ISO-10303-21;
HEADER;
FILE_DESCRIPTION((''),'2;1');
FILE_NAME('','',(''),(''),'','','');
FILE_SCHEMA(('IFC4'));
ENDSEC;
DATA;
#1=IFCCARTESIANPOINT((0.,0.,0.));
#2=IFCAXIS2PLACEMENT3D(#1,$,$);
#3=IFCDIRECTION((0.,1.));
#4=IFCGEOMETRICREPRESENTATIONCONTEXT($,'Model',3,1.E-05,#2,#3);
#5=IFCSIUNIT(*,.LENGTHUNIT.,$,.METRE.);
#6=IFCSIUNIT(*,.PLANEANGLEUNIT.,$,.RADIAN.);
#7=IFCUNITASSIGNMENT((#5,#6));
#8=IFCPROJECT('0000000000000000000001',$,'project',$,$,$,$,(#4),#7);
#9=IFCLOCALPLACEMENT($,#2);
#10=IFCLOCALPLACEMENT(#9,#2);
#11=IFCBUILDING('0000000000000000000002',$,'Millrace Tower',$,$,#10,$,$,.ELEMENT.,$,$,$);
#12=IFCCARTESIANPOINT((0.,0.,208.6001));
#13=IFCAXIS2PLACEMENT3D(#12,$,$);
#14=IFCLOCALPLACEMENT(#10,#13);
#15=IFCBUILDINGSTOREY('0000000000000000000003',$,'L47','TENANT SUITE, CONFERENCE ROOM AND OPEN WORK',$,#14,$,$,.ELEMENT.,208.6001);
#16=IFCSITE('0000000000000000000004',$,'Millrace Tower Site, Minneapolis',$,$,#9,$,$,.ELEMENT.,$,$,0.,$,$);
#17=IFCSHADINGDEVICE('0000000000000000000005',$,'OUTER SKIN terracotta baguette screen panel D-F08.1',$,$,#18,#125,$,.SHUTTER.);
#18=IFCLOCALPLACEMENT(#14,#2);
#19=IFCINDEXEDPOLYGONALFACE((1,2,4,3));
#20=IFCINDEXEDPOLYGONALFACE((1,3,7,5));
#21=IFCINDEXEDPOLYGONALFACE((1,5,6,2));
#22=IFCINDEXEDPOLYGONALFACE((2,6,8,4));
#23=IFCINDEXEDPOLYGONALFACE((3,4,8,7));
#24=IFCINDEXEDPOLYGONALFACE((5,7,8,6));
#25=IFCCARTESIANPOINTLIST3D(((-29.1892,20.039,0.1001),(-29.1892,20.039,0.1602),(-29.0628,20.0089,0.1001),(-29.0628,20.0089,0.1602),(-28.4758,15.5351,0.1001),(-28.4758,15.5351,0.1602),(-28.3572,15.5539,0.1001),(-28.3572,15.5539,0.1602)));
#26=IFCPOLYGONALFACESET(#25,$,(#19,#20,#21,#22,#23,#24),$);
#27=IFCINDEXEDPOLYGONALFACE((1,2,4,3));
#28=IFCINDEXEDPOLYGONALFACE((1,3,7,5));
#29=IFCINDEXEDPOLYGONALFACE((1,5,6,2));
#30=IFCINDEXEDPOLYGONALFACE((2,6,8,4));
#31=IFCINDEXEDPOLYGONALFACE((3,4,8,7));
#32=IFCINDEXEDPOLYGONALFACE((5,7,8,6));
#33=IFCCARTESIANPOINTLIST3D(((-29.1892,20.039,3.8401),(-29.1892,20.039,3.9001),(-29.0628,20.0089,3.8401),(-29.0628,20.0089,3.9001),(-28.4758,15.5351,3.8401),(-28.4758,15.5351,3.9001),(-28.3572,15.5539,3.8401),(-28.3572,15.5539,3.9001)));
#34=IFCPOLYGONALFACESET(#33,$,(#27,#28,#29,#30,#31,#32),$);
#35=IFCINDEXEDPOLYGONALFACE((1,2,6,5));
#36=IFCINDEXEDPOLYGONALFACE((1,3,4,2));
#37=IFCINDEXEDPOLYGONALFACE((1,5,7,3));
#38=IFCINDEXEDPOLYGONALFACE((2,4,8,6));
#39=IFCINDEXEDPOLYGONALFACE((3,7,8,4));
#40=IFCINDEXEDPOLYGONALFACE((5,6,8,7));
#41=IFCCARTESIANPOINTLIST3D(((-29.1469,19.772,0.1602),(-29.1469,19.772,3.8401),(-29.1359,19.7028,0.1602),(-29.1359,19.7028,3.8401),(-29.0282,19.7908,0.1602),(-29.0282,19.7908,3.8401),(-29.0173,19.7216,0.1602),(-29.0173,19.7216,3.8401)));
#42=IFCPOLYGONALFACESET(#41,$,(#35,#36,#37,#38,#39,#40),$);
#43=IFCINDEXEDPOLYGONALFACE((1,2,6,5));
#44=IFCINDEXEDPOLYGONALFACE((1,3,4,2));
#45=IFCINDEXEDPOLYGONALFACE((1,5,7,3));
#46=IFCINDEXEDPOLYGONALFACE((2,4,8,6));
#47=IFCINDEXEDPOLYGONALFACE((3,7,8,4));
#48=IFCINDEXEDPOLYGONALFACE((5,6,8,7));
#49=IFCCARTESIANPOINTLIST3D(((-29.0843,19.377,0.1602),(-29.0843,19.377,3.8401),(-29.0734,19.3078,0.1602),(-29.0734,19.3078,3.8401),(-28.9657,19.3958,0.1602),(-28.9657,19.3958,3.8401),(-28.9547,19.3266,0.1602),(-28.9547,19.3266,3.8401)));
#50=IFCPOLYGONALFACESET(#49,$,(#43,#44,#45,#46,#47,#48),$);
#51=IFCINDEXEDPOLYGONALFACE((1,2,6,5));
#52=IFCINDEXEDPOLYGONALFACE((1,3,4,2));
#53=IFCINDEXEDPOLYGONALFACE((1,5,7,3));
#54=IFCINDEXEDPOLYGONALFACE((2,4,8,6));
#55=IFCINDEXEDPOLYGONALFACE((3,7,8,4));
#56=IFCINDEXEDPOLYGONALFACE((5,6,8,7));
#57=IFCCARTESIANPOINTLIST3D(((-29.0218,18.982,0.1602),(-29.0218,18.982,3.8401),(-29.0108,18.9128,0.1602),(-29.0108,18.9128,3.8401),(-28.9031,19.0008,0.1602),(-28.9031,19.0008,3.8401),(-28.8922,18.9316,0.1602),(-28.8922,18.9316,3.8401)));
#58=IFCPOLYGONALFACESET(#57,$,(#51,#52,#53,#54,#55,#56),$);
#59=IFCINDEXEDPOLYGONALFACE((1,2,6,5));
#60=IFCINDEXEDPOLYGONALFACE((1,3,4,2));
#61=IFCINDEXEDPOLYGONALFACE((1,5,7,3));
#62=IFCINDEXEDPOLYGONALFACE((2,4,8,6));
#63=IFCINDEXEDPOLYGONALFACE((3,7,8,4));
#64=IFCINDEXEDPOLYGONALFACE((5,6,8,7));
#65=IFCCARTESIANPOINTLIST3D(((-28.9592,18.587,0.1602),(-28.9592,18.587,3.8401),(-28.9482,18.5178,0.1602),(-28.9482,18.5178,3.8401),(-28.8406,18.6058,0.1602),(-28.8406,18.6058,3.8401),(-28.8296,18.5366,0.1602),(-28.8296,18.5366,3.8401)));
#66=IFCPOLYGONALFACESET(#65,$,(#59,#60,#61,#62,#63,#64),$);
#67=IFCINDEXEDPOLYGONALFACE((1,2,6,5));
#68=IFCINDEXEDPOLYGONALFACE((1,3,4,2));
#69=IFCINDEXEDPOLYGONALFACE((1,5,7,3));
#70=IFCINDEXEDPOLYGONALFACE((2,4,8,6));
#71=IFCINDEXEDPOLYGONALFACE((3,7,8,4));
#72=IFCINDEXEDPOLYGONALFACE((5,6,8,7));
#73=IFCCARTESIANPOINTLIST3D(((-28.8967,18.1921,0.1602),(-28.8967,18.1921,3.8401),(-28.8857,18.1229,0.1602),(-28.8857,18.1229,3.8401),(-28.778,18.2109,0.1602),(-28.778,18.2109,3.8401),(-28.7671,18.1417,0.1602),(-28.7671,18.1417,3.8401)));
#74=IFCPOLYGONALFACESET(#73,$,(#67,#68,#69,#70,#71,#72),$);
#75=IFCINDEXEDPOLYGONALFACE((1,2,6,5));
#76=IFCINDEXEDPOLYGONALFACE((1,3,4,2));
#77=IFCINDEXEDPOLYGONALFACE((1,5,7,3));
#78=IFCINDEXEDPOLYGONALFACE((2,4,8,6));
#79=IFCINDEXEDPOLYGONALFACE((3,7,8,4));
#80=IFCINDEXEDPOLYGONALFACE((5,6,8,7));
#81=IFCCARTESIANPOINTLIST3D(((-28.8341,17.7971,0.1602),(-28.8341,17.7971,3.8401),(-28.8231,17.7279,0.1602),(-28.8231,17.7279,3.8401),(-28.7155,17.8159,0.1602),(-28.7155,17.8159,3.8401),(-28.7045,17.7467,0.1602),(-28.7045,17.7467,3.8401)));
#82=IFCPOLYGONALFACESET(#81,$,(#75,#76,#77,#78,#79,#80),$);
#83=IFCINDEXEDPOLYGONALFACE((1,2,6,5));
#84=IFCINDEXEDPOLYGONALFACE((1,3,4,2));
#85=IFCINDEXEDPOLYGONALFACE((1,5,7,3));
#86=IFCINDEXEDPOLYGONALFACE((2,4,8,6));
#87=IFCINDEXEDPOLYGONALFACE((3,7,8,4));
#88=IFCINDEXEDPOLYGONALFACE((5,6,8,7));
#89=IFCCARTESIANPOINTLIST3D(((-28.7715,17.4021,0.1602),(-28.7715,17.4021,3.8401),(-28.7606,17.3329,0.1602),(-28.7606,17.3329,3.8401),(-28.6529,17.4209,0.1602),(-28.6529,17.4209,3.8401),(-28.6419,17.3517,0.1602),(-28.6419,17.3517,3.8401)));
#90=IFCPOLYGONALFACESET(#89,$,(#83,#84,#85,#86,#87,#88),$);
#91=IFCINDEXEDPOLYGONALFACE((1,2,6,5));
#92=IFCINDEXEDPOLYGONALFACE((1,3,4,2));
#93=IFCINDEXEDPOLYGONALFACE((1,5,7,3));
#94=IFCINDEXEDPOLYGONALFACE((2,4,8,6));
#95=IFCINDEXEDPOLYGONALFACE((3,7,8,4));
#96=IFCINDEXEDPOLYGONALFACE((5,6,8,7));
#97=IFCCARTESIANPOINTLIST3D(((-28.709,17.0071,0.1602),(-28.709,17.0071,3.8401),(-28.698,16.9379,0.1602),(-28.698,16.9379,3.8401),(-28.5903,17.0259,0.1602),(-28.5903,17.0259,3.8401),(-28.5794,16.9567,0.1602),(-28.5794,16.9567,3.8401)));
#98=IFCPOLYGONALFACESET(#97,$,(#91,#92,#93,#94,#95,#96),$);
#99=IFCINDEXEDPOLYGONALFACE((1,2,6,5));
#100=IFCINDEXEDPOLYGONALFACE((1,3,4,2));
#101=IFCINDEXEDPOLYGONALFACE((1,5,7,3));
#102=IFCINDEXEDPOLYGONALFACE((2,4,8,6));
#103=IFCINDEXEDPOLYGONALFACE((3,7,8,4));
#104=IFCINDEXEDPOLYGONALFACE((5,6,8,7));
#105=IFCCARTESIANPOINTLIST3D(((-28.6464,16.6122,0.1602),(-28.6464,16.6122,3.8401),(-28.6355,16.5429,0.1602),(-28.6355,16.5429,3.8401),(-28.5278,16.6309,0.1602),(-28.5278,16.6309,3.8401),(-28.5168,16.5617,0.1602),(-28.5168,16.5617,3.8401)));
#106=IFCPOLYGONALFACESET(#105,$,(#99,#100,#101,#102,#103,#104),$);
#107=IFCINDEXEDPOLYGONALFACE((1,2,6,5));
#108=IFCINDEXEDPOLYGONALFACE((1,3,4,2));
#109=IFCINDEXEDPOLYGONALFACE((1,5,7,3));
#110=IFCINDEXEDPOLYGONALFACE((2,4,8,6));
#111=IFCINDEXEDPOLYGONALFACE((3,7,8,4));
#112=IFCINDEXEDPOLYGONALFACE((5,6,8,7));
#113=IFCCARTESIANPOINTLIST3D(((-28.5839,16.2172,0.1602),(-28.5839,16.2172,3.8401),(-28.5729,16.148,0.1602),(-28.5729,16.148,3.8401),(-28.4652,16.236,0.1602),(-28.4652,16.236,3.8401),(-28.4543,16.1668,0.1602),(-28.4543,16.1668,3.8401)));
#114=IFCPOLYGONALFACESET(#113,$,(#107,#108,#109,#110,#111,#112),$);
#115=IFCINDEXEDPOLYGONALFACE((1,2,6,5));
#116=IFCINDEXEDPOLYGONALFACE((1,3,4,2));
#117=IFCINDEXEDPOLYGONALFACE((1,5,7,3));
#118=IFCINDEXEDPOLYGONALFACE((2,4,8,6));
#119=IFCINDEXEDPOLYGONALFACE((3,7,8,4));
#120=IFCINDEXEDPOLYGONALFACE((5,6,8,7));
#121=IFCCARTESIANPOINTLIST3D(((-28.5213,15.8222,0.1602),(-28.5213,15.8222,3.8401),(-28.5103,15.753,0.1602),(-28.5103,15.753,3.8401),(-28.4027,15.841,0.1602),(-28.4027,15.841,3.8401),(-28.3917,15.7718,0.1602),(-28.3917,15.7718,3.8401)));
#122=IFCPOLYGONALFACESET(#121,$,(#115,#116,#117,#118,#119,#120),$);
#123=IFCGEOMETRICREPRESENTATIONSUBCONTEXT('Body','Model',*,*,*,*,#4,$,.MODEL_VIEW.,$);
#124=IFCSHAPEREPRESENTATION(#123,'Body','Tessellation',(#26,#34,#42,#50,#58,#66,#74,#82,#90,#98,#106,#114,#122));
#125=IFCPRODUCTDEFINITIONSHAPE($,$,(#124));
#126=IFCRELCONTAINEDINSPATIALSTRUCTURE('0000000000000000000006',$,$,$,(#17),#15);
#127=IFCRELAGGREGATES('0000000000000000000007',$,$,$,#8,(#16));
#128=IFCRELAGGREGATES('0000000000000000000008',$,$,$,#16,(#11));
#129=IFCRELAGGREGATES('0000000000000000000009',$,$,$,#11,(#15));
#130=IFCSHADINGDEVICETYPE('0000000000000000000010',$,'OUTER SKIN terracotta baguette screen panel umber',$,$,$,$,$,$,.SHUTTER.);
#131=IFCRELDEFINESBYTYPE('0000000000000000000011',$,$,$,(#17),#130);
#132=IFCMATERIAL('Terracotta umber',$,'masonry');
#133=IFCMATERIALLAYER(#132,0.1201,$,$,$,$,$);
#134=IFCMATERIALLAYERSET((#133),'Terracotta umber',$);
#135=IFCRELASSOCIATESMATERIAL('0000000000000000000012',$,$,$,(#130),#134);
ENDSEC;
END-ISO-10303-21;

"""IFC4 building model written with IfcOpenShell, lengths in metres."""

from ifc_helpers import new_model, entity, si_unit, direction, frame, frame_2d, origin, place, context, subcontext, project, spatial, rectangle, extrude, source, transform, mapped, material, layer, layer_set, type_object, element, save


model = new_model("IFC4")

# Units and contexts
model_context = context("Model", 3, precision=1e-05, world=origin(), true_north=direction((0.0, 1.0)))
body_context = subcontext(model_context, "Body", "Model", "MODEL_VIEW")
ifc_project = project(units=[si_unit("LENGTHUNIT", "METRE"), si_unit("PLANEANGLEUNIT", "RADIAN")], contexts=[model_context])

# Site, building, storey
site_placement = place(None, origin())
site = spatial("IfcSite", under=ifc_project, at=site_placement, Name="Millrace Tower Site, Minneapolis", CompositionType="ELEMENT", RefElevation=0.0)
building_placement = place(site_placement, origin())
building = spatial("IfcBuilding", under=site, at=building_placement, Name="Millrace Tower", CompositionType="ELEMENT")
storey_placement = place(building_placement, frame((0.0, 0.0, 208.6001)))
storey = spatial("IfcBuildingStorey", under=building, at=storey_placement, Name="L47", Description="TENANT SUITE, CONFERENCE ROOM AND OPEN WORK", CompositionType="ELEMENT", Elevation=208.6001)

# Shading device
ifc_material_1 = material(Name="Terracotta umber", Category="masonry")
ifc_layer_1 = layer(ifc_material_1, 0.1201)
ifc_layer_set_1 = layer_set([ifc_layer_1], Name="Terracotta umber")
shading_device_type = type_object("IfcShadingDeviceType", Name="OUTER SKIN terracotta baguette screen panel umber", PredefinedType="SHUTTER", material=ifc_layer_set_1)
cartesian_point_1 = entity("IfcCartesianPoint", [-2.2429, 0.0601])
shared_polyline_1 = entity("IfcPolyline", [cartesian_point_1, entity("IfcCartesianPoint", [2.2676, 0.0601]), entity("IfcCartesianPoint", [2.2676, -0.0601]), entity("IfcCartesianPoint", [-2.2925, -0.0601]), cartesian_point_1])
shared_shape_1 = source(origin(), body_context, "Body", "SweptSolid", [
    entity("IfcExtrudedAreaSolid", entity("IfcArbitraryClosedProfileDef", "AREA", None, shared_polyline_1), entity("IfcAxis2Placement3D", entity("IfcCartesianPoint", [0.0, 0.0, 0.0])), entity("IfcDirection", [0.0, 0.0, 1.0]), 0.0601),
    entity("IfcExtrudedAreaSolid", entity("IfcArbitraryClosedProfileDef", "AREA", None, shared_polyline_1), entity("IfcAxis2Placement3D", entity("IfcCartesianPoint", [0.0, 0.0, 3.74])), entity("IfcDirection", [0.0, 0.0, 1.0]), 0.0601),
    extrude(rectangle(XDim=0.0701, YDim=0.1201, at=frame_2d((-1.9871, 0.0))), frame((0.0, 0.0, 0.0601)), (0.0, 0.0, 1.0), 3.6799),
    extrude(rectangle(XDim=0.0701, YDim=0.1201, at=frame_2d((-1.5872, 0.0))), frame((0.0, 0.0, 0.0601)), (0.0, 0.0, 1.0), 3.6799),
    extrude(rectangle(XDim=0.0701, YDim=0.1201, at=frame_2d((-1.1873, 0.0))), frame((0.0, 0.0, 0.0601)), (0.0, 0.0, 1.0), 3.6799),
    extrude(rectangle(XDim=0.0701, YDim=0.1201, at=frame_2d((-0.7874, 0.0))), frame((0.0, 0.0, 0.0601)), (0.0, 0.0, 1.0), 3.6799),
    extrude(rectangle(XDim=0.0701, YDim=0.1201, at=frame_2d((-0.3875, 0.0))), frame((0.0, 0.0, 0.0601)), (0.0, 0.0, 1.0), 3.6799),
    extrude(rectangle(XDim=0.0701, YDim=0.1201, at=frame_2d((0.0125, 0.0))), frame((0.0, 0.0, 0.0601)), (0.0, 0.0, 1.0), 3.6799),
    extrude(rectangle(XDim=0.0701, YDim=0.1201, at=frame_2d((0.4124, 0.0))), frame((0.0, 0.0, 0.0601)), (0.0, 0.0, 1.0), 3.6799),
    extrude(rectangle(XDim=0.0701, YDim=0.1201, at=frame_2d((0.8123, 0.0))), frame((0.0, 0.0, 0.0601)), (0.0, 0.0, 1.0), 3.6799),
    extrude(rectangle(XDim=0.0701, YDim=0.1201, at=frame_2d((1.2122, 0.0))), frame((0.0, 0.0, 0.0601)), (0.0, 0.0, 1.0), 3.6799),
    extrude(rectangle(XDim=0.0701, YDim=0.1201, at=frame_2d((1.6121, 0.0))), frame((0.0, 0.0, 0.0601)), (0.0, 0.0, 1.0), 3.6799),
    extrude(rectangle(XDim=0.0701, YDim=0.1201, at=frame_2d((2.012, 0.0))), frame((0.0, 0.0, 0.0601)), (0.0, 0.0, 1.0), 3.6799),
])
shading_device_1_placement = place(storey_placement, frame((-28.7712, 17.7842, 0.1001), z_axis=(0.0, 0.0, 1.0), x_axis=(0.156434, -0.987688, 0.0)))
element("IfcShadingDevice", 1, at=shading_device_1_placement, inside=storey, type_object=shading_device_type, Name="OUTER SKIN terracotta baguette screen panel D-F08.1", PredefinedType="SHUTTER", context=body_context, shape_type="MappedRepresentation", body=[
    mapped(shared_shape_1, transform((0.0, 0.0, 0.0), scale=1.0)),
])

save(model, "model.ifc")
